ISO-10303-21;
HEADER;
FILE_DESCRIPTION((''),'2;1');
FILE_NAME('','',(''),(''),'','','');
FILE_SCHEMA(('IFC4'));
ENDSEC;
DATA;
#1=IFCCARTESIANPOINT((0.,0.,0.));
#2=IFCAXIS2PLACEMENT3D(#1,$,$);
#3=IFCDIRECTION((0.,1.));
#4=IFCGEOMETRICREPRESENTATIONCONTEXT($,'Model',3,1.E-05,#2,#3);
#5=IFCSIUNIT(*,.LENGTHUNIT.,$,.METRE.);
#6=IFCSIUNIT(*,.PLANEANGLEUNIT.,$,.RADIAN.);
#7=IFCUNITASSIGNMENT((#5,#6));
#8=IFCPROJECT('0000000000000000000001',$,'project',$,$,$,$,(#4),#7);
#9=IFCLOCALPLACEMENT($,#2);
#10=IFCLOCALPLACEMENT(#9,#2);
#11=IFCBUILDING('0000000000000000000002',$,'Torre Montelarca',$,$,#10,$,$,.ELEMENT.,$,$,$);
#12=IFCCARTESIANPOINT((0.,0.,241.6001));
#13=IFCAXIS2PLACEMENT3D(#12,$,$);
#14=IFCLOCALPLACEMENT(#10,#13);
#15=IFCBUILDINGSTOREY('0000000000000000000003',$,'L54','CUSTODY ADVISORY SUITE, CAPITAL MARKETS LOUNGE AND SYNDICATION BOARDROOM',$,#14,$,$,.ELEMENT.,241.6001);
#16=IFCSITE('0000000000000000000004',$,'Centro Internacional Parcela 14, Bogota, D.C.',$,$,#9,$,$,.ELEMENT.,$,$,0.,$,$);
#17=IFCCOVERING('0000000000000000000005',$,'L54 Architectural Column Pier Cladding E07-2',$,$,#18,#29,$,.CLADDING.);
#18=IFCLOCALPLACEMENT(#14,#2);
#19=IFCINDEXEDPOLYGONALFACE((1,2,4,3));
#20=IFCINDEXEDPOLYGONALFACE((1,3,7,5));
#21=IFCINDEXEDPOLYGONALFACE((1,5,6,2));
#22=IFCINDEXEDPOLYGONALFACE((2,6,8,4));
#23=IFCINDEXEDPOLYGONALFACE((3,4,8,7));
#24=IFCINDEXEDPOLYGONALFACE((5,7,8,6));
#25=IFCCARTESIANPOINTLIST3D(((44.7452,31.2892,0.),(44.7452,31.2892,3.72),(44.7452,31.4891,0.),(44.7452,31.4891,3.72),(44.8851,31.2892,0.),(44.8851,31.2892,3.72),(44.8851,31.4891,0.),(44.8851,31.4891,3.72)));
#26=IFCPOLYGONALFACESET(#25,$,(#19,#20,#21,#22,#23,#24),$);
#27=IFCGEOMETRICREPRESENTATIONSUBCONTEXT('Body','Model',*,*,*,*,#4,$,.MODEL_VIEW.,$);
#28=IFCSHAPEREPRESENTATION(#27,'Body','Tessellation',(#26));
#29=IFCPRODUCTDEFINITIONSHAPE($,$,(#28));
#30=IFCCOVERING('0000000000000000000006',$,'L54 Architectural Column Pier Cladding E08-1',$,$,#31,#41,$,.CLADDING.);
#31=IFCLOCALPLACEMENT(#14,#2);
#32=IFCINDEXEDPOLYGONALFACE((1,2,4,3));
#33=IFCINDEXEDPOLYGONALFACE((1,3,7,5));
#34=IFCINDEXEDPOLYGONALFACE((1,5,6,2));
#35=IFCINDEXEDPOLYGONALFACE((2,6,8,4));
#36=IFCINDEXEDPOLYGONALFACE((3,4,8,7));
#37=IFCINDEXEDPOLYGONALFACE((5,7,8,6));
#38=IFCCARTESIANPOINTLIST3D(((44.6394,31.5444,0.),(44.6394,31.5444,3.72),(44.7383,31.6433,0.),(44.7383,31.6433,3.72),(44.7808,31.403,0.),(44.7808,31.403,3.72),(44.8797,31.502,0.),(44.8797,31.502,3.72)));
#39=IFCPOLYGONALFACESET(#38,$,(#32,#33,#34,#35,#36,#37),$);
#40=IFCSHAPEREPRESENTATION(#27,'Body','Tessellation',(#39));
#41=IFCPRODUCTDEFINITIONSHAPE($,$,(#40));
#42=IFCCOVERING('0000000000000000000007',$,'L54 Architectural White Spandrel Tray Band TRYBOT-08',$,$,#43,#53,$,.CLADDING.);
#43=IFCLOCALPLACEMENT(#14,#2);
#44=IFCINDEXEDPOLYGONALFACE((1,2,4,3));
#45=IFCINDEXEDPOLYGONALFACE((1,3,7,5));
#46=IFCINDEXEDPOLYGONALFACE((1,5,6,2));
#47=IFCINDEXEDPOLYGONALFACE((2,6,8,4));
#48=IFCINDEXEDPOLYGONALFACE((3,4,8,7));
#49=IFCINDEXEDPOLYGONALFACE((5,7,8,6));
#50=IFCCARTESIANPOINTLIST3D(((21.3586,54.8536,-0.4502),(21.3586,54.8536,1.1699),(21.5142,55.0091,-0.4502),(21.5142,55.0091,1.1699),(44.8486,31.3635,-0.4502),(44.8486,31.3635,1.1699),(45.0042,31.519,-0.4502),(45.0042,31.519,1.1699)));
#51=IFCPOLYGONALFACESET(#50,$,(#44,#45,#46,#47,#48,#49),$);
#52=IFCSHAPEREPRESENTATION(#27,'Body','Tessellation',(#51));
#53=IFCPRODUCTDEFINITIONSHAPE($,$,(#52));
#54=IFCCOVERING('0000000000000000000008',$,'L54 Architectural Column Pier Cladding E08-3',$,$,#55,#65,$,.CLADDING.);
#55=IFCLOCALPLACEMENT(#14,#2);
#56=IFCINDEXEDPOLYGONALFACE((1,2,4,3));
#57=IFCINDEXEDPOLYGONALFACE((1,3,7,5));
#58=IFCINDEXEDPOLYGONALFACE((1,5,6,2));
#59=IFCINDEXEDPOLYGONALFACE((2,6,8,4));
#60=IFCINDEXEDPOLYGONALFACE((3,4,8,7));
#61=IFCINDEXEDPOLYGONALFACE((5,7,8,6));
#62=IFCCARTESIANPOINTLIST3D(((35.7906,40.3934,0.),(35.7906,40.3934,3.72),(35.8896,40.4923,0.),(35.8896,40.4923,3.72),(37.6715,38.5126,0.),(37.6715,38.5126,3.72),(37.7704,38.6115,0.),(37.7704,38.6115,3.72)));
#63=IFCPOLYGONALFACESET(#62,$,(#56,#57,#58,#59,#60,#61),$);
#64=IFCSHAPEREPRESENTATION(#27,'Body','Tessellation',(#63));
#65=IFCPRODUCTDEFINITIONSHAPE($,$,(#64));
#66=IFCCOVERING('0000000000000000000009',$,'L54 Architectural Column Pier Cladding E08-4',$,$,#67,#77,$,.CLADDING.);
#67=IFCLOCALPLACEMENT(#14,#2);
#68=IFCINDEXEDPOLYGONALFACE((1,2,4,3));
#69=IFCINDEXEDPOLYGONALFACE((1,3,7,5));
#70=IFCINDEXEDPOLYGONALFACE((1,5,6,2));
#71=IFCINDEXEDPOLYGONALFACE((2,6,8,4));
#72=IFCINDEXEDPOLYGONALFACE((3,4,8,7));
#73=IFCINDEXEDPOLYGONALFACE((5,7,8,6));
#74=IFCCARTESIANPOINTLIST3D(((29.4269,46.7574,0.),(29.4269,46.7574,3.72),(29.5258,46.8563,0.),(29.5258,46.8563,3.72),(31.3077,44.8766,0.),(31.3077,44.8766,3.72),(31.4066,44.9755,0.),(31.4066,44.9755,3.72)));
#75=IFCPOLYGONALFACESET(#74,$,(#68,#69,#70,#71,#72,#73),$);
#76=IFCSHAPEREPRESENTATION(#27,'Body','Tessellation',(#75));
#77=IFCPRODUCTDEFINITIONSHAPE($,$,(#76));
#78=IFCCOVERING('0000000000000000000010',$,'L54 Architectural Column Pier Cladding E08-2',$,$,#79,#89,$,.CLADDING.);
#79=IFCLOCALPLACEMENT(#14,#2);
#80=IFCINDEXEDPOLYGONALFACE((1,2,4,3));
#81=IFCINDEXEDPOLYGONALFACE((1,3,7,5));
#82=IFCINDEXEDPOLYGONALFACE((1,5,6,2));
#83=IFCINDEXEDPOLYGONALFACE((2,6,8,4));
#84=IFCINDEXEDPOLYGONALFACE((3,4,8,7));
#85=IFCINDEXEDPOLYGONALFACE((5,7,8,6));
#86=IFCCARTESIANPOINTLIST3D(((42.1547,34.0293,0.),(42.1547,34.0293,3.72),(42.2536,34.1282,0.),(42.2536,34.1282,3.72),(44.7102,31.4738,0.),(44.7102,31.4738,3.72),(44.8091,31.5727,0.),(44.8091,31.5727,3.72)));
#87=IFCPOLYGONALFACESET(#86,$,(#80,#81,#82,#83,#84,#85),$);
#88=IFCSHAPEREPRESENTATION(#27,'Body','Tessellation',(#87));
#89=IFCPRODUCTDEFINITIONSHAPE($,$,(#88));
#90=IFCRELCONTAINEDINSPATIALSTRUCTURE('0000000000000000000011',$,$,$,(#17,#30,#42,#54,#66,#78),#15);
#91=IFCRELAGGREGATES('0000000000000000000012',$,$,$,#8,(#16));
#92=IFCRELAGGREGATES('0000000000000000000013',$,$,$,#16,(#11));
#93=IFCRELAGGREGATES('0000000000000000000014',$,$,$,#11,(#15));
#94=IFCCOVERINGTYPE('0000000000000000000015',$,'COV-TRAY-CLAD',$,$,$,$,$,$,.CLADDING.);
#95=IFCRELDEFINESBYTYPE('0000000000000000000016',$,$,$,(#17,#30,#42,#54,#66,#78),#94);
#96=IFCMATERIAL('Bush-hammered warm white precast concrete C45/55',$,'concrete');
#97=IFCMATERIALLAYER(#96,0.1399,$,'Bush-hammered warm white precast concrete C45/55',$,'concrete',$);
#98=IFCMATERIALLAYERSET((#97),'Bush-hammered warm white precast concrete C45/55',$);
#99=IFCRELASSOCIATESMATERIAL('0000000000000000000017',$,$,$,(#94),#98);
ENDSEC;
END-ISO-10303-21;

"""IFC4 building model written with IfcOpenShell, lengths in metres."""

from ifc_helpers import new_model, si_unit, direction, frame, origin, origin_2d, place, context, subcontext, project, spatial, rectangle, extrude, source, transform, mapped, material, layer, layer_set, type_object, element, save


model = new_model("IFC4")

# Units and contexts
model_context = context("Model", 3, precision=1e-05, world=origin(), true_north=direction((0.0, 1.0)))
body_context = subcontext(model_context, "Body", "Model", "MODEL_VIEW")
ifc_project = project(units=[si_unit("LENGTHUNIT", "METRE"), si_unit("PLANEANGLEUNIT", "RADIAN")], contexts=[model_context])

# Site, building, storey
site_placement = place(None, origin())
site = spatial("IfcSite", under=ifc_project, at=site_placement, Name="Centro Internacional Parcela 14, Bogota, D.C.", CompositionType="ELEMENT", RefElevation=0.0)
building_placement = place(site_placement, origin())
building = spatial("IfcBuilding", under=site, at=building_placement, Name="Torre Montelarca", CompositionType="ELEMENT")
storey_placement = place(building_placement, frame((0.0, 0.0, 241.6001)))
storey = spatial("IfcBuildingStorey", under=building, at=storey_placement, Name="L54", Description="CUSTODY ADVISORY SUITE, CAPITAL MARKETS LOUNGE AND SYNDICATION BOARDROOM", CompositionType="ELEMENT", Elevation=241.6001)

# Coverings
ifc_material_1 = material(Name="Bush-hammered warm white precast concrete C45/55", Category="concrete")
ifc_layer_1 = layer(ifc_material_1, 0.1399, Name="Bush-hammered warm white precast concrete C45/55", Category="concrete")
ifc_layer_set_1 = layer_set([ifc_layer_1], Name="Bush-hammered warm white precast concrete C45/55")
covering_type = type_object("IfcCoveringType", Name="COV-TRAY-CLAD", PredefinedType="CLADDING", material=ifc_layer_set_1)
shared_shape_1 = source(origin(), body_context, "Body", "SweptSolid", [
    extrude(rectangle(XDim=0.2, YDim=0.1399, at=origin_2d()), origin(), (0.0, 0.0, 1.0), 3.72),
])
for number, where, z_axis, x_axis, name in (
    (1, (44.8152, 31.3892, 0.0), (0.0, 0.0, 1.0), (0.0, 1.0, 0.0), "L54 Architectural Column Pier Cladding E07-2"),
    (2, (44.7595, 31.5232, 0.0), (0.0, 0.0, 1.0), (-0.707106, 0.707108, 0.0), "L54 Architectural Column Pier Cladding E08-1"),
):
    element("IfcCovering", number, at=place(storey_placement, frame(where, z_axis=z_axis, x_axis=x_axis)), inside=storey, type_object=covering_type, Name=name, PredefinedType="CLADDING", context=body_context, shape_type="MappedRepresentation", body=[
        mapped(shared_shape_1, transform((0.0, 0.0, 0.0), scale=1.0)),
    ])
shared_shape_2 = source(origin(), body_context, "Body", "SweptSolid", [
    extrude(rectangle(XDim=33.22, YDim=0.22, at=origin_2d()), origin(), (0.0, 0.0, 1.0), 1.6201),
])
covering_1_placement = place(storey_placement, frame((33.1814, 43.1863, -0.4502), z_axis=(0.0, 0.0, 1.0), x_axis=(-0.707106, 0.707108, 0.0)))
element("IfcCovering", 3, at=covering_1_placement, inside=storey, type_object=covering_type, Name="L54 Architectural White Spandrel Tray Band TRYBOT-08", PredefinedType="CLADDING", context=body_context, shape_type="MappedRepresentation", body=[
    mapped(shared_shape_2, transform((0.0, 0.0, 0.0), scale=1.0)),
])
shared_shape_3 = source(origin(), body_context, "Body", "SweptSolid", [
    extrude(rectangle(XDim=2.6599, YDim=0.1399, at=origin_2d()), origin(), (0.0, 0.0, 1.0), 3.72),
])
for number, where, z_axis, x_axis, name in (
    (4, (36.7805, 39.5024, 0.0), (0.0, 0.0, 1.0), (-0.707106, 0.707108, 0.0), "L54 Architectural Column Pier Cladding E08-3"),
    (5, (30.4167, 45.8665, 0.0), (0.0, 0.0, 1.0), (-0.707106, 0.707108, 0.0), "L54 Architectural Column Pier Cladding E08-4"),
):
    element("IfcCovering", number, at=place(storey_placement, frame(where, z_axis=z_axis, x_axis=x_axis)), inside=storey, type_object=covering_type, Name=name, PredefinedType="CLADDING", context=body_context, shape_type="MappedRepresentation", body=[
        mapped(shared_shape_3, transform((0.0, 0.0, 0.0), scale=1.0)),
    ])
shared_shape_4 = source(origin(), body_context, "Body", "SweptSolid", [
    extrude(rectangle(XDim=3.614, YDim=0.1399, at=origin_2d()), origin(), (0.0, 0.0, 1.0), 3.72),
])
covering_2_placement = place(storey_placement, frame((43.4819, 32.801, 0.0), z_axis=(0.0, 0.0, 1.0), x_axis=(-0.707106, 0.707108, 0.0)))
element("IfcCovering", 6, at=covering_2_placement, inside=storey, type_object=covering_type, Name="L54 Architectural Column Pier Cladding E08-2", PredefinedType="CLADDING", context=body_context, shape_type="MappedRepresentation", body=[
    mapped(shared_shape_4, transform((0.0, 0.0, 0.0), scale=1.0)),
])

save(model, "model.ifc")
